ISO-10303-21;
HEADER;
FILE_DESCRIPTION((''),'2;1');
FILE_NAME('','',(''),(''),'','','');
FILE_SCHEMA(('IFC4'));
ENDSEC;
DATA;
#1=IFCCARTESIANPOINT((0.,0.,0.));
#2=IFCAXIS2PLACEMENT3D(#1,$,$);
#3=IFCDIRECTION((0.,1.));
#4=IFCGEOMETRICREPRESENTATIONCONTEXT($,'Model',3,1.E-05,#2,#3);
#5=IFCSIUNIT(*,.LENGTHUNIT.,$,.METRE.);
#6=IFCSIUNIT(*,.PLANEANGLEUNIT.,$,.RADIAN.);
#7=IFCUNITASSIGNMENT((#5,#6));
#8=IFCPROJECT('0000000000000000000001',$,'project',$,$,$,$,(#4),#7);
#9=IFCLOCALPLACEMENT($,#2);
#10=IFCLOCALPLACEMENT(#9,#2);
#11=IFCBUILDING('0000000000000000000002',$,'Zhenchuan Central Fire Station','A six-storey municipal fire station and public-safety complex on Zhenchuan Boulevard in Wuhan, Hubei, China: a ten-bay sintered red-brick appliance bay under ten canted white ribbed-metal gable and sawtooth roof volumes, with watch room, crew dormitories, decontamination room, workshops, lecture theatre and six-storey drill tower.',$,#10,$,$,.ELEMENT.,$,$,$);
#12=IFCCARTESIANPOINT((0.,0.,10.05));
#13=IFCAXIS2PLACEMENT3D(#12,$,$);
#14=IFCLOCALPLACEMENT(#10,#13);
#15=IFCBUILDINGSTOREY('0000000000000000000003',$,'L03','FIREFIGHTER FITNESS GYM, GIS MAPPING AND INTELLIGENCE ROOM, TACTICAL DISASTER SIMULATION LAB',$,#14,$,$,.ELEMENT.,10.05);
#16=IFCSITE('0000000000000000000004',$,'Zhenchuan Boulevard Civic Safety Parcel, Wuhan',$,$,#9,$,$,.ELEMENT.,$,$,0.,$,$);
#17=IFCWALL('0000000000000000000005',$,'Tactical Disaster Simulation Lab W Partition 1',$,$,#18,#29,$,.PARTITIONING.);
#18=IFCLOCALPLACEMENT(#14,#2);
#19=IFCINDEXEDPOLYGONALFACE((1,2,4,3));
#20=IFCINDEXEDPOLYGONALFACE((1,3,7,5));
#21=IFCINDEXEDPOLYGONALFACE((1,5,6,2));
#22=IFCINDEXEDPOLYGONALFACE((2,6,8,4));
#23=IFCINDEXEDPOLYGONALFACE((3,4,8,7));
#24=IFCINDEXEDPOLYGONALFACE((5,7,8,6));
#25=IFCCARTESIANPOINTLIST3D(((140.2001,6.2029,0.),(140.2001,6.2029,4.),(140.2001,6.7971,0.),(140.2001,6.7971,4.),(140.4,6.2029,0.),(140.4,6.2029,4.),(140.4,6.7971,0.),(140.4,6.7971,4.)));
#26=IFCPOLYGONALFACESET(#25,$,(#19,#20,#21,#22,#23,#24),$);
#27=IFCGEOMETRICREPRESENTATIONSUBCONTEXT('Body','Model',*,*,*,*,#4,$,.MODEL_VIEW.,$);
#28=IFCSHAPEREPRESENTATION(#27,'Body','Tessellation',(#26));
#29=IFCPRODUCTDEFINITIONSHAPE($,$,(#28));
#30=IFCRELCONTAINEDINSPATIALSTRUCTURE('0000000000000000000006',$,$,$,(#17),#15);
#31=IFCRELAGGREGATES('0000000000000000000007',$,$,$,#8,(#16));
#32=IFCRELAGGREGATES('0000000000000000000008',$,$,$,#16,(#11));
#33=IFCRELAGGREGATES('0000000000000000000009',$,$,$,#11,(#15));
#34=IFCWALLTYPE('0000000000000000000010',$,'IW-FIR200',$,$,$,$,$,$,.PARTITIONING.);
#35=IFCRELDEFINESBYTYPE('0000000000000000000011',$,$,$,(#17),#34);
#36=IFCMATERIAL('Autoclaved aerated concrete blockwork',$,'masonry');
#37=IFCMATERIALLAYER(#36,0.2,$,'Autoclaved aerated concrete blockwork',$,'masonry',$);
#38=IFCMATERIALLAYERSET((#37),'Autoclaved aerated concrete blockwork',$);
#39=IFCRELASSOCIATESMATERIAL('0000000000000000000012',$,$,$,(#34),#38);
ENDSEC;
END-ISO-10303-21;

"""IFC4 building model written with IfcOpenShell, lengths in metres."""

from ifc_helpers import new_model, si_unit, direction, frame, frame_2d, origin, place, context, subcontext, project, spatial, rectangle, extrude, material, layer, layer_set, type_object, element, save


model = new_model("IFC4")

# Units and contexts
model_context = context("Model", 3, precision=1e-05, world=origin(), true_north=direction((0.0, 1.0)))
body_context = subcontext(model_context, "Body", "Model", "MODEL_VIEW")
ifc_project = project(units=[si_unit("LENGTHUNIT", "METRE"), si_unit("PLANEANGLEUNIT", "RADIAN")], contexts=[model_context])

# Site, building, storey
site_placement = place(None, origin())
site = spatial("IfcSite", under=ifc_project, at=site_placement, Name="Zhenchuan Boulevard Civic Safety Parcel, Wuhan", CompositionType="ELEMENT", RefElevation=0.0)
building_placement = place(site_placement, origin())
building = spatial("IfcBuilding", under=site, at=building_placement, Name="Zhenchuan Central Fire Station", Description="A six-storey municipal fire station and public-safety complex on Zhenchuan Boulevard in Wuhan, Hubei, China: a ten-bay sintered red-brick appliance bay under ten canted white ribbed-metal gable and sawtooth roof volumes, with watch room, crew dormitories, decontamination room, workshops, lecture theatre and six-storey drill tower.", CompositionType="ELEMENT")
storey_placement = place(building_placement, frame((0.0, 0.0, 10.05)))
storey = spatial("IfcBuildingStorey", under=building, at=storey_placement, Name="L03", Description="FIREFIGHTER FITNESS GYM, GIS MAPPING AND INTELLIGENCE ROOM, TACTICAL DISASTER SIMULATION LAB", CompositionType="ELEMENT", Elevation=10.05)

# Wall
ifc_material_1 = material(Name="Autoclaved aerated concrete blockwork", Category="masonry")
ifc_layer_1 = layer(ifc_material_1, 0.2, Name="Autoclaved aerated concrete blockwork", Category="masonry")
ifc_layer_set_1 = layer_set([ifc_layer_1], Name="Autoclaved aerated concrete blockwork")
wall_type = type_object("IfcWallType", Name="IW-FIR200", PredefinedType="PARTITIONING", material=ifc_layer_set_1)
wall_placement = place(storey_placement, frame((140.3, 6.2029, 0.0), z_axis=(0.0, 0.0, 1.0), x_axis=(0.0, 1.0, 0.0)))
element("IfcWall", 1, at=wall_placement, inside=storey, type_object=wall_type, Name="Tactical Disaster Simulation Lab W Partition 1", PredefinedType="PARTITIONING", context=body_context, shape_type="SweptSolid", body=[
    extrude(rectangle(XDim=0.5942, YDim=0.2, at=frame_2d((0.2971, 0.0))), origin(), (0.0, 0.0, 1.0), 4.0),
])

save(model, "model.ifc")
